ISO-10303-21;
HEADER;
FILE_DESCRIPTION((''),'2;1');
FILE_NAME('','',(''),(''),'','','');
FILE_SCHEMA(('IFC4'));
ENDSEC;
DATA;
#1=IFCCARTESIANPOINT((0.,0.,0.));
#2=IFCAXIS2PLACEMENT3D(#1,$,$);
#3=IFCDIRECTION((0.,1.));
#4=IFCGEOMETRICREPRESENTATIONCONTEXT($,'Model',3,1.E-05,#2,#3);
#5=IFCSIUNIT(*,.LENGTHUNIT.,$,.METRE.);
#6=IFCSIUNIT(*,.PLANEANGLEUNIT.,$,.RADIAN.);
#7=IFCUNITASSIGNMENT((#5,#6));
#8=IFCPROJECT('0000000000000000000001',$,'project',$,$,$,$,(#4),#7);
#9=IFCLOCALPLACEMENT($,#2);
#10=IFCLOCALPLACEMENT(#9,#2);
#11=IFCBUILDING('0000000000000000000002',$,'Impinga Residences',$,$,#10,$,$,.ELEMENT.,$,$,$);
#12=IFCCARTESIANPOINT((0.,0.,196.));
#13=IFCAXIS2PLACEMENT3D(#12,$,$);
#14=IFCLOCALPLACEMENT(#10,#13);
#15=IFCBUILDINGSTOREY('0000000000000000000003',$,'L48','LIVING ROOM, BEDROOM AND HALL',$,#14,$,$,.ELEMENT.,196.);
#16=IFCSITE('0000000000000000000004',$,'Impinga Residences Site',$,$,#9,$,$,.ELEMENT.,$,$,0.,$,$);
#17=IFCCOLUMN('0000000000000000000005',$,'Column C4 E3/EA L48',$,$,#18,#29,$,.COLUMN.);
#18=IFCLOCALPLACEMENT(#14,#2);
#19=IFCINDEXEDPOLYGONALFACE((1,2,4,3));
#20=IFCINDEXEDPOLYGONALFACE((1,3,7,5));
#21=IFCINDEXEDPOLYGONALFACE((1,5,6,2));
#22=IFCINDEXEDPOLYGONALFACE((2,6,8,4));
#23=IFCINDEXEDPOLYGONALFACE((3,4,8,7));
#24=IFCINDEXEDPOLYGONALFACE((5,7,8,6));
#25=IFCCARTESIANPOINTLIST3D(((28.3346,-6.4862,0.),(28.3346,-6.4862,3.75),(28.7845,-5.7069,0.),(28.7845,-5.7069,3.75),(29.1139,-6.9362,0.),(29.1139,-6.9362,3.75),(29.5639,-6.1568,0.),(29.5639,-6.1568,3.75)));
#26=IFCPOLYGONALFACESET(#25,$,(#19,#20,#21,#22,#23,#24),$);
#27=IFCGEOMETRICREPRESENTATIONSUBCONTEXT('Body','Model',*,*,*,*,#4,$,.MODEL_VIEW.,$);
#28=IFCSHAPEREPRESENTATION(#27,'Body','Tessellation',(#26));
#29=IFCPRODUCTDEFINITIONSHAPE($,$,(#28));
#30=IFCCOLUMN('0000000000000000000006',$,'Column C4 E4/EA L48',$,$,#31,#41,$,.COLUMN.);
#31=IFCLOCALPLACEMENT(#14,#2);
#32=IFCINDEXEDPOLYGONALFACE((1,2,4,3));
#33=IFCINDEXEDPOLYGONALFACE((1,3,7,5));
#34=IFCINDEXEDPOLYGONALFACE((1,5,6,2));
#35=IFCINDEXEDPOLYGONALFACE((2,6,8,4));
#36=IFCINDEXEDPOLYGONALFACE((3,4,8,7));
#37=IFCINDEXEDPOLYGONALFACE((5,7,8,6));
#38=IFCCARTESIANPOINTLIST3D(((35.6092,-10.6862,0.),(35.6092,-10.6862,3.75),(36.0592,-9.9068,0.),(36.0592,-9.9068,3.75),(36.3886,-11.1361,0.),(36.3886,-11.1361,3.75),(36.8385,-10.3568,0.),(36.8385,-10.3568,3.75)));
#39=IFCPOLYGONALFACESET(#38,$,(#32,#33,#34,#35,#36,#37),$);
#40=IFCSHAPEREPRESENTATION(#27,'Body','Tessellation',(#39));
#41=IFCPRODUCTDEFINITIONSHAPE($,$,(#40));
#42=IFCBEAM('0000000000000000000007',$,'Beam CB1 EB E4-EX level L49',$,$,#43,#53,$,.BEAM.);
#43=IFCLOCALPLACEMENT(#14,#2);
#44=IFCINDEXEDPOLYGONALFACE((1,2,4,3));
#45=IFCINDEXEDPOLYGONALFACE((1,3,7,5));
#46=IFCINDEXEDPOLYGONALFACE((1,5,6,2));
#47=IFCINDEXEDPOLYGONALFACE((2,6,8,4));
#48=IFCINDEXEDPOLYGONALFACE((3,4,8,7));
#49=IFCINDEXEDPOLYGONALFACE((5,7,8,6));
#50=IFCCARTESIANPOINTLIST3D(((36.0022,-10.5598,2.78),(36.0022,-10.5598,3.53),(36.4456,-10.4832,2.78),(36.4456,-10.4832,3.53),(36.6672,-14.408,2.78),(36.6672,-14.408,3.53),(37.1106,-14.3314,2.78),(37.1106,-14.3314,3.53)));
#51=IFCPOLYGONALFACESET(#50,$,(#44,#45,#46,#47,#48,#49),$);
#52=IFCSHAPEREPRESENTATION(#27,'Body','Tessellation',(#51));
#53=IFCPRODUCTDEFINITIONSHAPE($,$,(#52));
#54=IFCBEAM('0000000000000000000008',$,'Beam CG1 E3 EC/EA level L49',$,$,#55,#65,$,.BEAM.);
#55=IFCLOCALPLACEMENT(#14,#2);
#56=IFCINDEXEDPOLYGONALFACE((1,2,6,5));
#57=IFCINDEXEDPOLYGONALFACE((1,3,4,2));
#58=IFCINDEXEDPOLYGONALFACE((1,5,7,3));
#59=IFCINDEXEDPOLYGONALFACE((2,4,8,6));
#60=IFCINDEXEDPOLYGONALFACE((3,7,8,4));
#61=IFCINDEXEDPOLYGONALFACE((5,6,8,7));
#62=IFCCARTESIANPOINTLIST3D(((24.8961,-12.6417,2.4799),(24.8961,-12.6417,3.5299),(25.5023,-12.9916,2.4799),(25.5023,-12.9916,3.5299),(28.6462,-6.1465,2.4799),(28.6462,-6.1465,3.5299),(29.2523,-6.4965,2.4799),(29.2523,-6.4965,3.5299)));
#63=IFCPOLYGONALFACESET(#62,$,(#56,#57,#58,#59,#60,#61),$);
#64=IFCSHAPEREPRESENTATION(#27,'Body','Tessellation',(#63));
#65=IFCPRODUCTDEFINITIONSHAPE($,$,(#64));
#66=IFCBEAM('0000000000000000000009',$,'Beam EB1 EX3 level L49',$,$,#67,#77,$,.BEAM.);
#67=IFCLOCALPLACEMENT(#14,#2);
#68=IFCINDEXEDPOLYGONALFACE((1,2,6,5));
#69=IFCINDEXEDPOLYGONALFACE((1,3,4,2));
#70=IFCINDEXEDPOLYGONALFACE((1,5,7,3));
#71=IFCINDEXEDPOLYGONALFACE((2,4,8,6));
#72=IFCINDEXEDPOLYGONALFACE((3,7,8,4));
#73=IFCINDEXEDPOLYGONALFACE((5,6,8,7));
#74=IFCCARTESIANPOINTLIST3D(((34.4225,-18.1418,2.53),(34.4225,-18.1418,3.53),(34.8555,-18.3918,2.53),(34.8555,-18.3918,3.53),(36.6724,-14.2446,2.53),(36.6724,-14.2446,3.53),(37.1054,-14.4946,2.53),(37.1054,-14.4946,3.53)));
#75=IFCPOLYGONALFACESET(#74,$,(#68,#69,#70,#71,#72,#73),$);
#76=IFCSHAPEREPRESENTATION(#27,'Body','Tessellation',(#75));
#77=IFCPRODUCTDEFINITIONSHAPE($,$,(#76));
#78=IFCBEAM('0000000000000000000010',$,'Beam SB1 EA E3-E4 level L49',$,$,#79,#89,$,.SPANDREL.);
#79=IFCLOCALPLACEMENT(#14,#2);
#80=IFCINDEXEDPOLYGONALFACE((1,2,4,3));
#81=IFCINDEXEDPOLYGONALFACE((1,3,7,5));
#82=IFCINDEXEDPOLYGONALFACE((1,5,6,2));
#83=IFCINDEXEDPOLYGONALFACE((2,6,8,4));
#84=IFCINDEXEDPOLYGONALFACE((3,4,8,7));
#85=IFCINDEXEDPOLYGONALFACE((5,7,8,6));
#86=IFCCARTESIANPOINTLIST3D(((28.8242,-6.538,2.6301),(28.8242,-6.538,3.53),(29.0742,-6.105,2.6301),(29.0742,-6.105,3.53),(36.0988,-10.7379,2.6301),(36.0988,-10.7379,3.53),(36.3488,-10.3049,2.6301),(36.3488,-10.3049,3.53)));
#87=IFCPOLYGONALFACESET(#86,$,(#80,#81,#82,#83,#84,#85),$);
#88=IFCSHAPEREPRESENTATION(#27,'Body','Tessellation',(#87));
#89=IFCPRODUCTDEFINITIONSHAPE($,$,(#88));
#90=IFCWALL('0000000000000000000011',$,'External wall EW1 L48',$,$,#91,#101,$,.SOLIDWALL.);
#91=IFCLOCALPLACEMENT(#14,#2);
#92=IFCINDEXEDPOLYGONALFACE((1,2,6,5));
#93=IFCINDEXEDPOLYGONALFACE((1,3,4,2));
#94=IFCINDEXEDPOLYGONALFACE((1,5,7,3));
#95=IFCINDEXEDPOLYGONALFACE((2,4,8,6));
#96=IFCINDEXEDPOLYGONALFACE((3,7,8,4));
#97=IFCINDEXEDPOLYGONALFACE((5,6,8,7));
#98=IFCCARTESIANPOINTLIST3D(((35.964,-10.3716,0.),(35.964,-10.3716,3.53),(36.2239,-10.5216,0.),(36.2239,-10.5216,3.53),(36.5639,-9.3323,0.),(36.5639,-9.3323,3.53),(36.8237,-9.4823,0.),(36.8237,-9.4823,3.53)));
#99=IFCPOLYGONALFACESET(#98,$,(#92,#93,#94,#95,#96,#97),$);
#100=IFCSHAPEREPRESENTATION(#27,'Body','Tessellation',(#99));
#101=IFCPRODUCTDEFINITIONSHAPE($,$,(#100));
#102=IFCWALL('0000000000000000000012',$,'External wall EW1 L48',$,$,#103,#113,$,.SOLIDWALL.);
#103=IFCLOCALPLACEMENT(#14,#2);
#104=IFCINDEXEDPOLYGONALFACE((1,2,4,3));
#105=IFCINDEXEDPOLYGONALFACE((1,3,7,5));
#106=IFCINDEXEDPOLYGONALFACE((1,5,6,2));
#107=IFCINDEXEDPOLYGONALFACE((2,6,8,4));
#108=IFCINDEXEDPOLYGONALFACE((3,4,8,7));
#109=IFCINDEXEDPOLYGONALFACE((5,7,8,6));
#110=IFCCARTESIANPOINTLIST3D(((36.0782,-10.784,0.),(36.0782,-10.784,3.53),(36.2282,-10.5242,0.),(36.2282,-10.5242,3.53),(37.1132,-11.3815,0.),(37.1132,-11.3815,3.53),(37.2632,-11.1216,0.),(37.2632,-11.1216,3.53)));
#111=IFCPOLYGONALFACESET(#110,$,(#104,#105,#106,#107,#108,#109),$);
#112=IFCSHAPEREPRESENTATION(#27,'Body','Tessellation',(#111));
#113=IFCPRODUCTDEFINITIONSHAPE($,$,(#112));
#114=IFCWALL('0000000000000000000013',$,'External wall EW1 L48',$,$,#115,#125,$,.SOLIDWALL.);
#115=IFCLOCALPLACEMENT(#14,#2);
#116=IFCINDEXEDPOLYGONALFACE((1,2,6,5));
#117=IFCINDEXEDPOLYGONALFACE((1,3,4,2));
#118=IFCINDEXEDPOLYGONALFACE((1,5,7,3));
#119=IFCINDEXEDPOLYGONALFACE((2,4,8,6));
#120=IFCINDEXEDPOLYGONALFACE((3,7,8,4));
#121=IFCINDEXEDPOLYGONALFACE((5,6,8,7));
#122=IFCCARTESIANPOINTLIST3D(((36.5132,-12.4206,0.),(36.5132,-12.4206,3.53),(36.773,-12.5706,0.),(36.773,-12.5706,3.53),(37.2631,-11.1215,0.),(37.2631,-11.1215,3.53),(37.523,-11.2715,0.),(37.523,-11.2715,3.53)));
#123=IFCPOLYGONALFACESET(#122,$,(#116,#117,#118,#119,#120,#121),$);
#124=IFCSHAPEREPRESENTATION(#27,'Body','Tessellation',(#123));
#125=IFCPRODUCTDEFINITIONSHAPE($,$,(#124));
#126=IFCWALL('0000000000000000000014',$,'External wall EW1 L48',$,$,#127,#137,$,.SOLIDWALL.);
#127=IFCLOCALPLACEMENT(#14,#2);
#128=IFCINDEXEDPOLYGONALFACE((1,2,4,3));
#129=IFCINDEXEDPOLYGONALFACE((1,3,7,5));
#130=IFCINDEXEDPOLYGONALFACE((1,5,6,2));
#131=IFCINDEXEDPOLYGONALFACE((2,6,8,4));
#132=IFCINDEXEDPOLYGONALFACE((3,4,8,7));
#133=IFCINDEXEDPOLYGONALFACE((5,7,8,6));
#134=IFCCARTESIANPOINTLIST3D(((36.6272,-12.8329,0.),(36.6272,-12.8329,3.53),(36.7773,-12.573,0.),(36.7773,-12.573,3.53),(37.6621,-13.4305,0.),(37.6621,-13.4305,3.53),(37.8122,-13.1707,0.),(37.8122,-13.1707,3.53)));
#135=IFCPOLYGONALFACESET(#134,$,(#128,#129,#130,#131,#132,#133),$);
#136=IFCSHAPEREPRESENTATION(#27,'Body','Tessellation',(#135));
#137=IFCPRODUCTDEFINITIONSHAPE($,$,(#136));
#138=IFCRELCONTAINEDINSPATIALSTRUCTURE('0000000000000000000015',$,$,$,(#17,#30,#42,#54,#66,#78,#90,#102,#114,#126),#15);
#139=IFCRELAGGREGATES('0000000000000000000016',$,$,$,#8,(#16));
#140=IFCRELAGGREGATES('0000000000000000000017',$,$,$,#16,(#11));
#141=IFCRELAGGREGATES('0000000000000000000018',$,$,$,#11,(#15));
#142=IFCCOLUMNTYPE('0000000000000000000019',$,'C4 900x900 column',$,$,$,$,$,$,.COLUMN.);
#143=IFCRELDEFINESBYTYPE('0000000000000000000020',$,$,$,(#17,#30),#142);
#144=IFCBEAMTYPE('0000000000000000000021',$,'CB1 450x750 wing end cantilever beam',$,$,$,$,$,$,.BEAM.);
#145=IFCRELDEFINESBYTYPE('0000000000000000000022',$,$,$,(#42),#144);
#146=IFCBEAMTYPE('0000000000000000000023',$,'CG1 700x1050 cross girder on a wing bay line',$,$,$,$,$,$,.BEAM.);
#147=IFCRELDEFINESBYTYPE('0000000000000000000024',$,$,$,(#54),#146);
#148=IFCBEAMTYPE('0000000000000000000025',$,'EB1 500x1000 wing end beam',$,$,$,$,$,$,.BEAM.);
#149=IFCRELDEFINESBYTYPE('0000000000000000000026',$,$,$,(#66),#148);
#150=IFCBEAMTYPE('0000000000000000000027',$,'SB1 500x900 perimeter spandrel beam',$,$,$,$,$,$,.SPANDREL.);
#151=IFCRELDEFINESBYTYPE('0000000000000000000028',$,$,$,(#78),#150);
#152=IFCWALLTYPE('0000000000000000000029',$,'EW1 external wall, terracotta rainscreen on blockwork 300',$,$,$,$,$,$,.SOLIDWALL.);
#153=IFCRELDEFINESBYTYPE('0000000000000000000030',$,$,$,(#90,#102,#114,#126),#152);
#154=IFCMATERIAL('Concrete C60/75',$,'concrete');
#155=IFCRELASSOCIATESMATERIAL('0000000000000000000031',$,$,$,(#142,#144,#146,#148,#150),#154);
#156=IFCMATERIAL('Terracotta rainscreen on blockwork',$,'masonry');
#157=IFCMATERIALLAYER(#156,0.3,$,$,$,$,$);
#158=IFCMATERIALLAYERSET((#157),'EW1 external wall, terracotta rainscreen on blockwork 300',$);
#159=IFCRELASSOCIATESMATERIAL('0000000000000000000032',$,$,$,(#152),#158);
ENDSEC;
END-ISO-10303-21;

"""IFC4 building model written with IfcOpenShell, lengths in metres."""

from ifc_helpers import new_model, si_unit, direction, frame, frame_2d, origin, origin_2d, place, context, subcontext, project, spatial, rectangle, extrude, material, layer, layer_set, material_profile, profile_set, type_object, element, save


model = new_model("IFC4")

# Units and contexts
model_context = context("Model", 3, precision=1e-05, world=origin(), true_north=direction((0.0, 1.0)))
body_context = subcontext(model_context, "Body", "Model", "MODEL_VIEW")
ifc_project = project(units=[si_unit("LENGTHUNIT", "METRE"), si_unit("PLANEANGLEUNIT", "RADIAN")], contexts=[model_context])

# Site, building, storey
site_placement = place(None, origin())
site = spatial("IfcSite", under=ifc_project, at=site_placement, Name="Impinga Residences Site", CompositionType="ELEMENT", RefElevation=0.0)
building_placement = place(site_placement, origin())
building = spatial("IfcBuilding", under=site, at=building_placement, Name="Impinga Residences", CompositionType="ELEMENT")
storey_placement = place(building_placement, frame((0.0, 0.0, 196.0)))
storey = spatial("IfcBuildingStorey", under=building, at=storey_placement, Name="L48", Description="LIVING ROOM, BEDROOM AND HALL", CompositionType="ELEMENT", Elevation=196.0)

# Columns
ifc_material_1 = material(Name="Concrete C60/75", Category="concrete")
ifc_material_profile_1 = material_profile(ifc_material_1, rectangle(XDim=0.8999, YDim=0.8999, at=origin_2d()), Name="RC 900x900")
ifc_profile_set_1 = profile_set([ifc_material_profile_1], Name="Concrete C60/75")
column_type = type_object("IfcColumnType", Name="C4 900x900 column", PredefinedType="COLUMN", material=ifc_profile_set_1)
for number, where, z_axis, x_axis, name in (
    (1, (28.9492, -6.3215, 0.0), (0.0, 0.0, 1.0), (-0.5, -0.866025, 0.0), "Column C4 E3/EA L48"),
    (2, (36.2239, -10.5215, 0.0), (0.0, 0.0, 1.0), (-0.5, -0.866025, 0.0), "Column C4 E4/EA L48"),
):
    element("IfcColumn", number, at=place(storey_placement, frame(where, z_axis=z_axis, x_axis=x_axis)), inside=storey, type_object=column_type, Name=name, PredefinedType="COLUMN", context=body_context, shape_type="SweptSolid", body=[
        extrude(rectangle(XDim=0.8999, YDim=0.8999, at=origin_2d()), origin(), (0.0, 0.0, 1.0), 3.75),
    ])

# Beams
ifc_material_profile_2 = material_profile(ifc_material_1, rectangle(XDim=0.45, YDim=0.75, at=origin_2d()), Name="RC 450x750")
ifc_profile_set_2 = profile_set([ifc_material_profile_2], Name="Concrete C60/75")
beam_type_1 = type_object("IfcBeamType", Name="CB1 450x750 wing end cantilever beam", PredefinedType="BEAM", material=ifc_profile_set_2)
beam_1_placement = place(storey_placement, frame((36.2239, -10.5215, 3.155), z_axis=(0.170296, -0.985393, 0.0), x_axis=(0.985393, 0.170296, 0.0)))
element("IfcBeam", 3, at=beam_1_placement, inside=storey, type_object=beam_type_1, Name="Beam CB1 EB E4-EX level L49", PredefinedType="BEAM", context=body_context, shape_type="SweptSolid", body=[
    extrude(rectangle(XDim=0.45, YDim=0.75, at=origin_2d()), origin(), (0.0, 0.0, 1.0), 3.9053),
])
ifc_material_profile_3 = material_profile(ifc_material_1, rectangle(XDim=0.7, YDim=1.05, at=origin_2d()), Name="RC 700x1050")
ifc_profile_set_3 = profile_set([ifc_material_profile_3], Name="Concrete C60/75")
beam_type_2 = type_object("IfcBeamType", Name="CG1 700x1050 cross girder on a wing bay line", PredefinedType="BEAM", material=ifc_profile_set_3)
beam_2_placement = place(storey_placement, frame((25.1992, -12.8167, 3.0049), z_axis=(0.500004, 0.866023, 0.0), x_axis=(-0.866023, 0.500004, 0.0)))
element("IfcBeam", 4, at=beam_2_placement, inside=storey, type_object=beam_type_2, Name="Beam CG1 E3 EC/EA level L49", PredefinedType="BEAM", context=body_context, shape_type="SweptSolid", body=[
    extrude(rectangle(XDim=0.7, YDim=1.05, at=origin_2d()), origin(), (0.0, 0.0, 1.0), 7.5),
])
ifc_material_profile_4 = material_profile(ifc_material_1, rectangle(XDim=0.5, YDim=1.0, at=origin_2d()), Name="RC 500x1000")
ifc_profile_set_4 = profile_set([ifc_material_profile_4], Name="Concrete C60/75")
beam_type_3 = type_object("IfcBeamType", Name="EB1 500x1000 wing end beam", PredefinedType="BEAM", material=ifc_profile_set_4)
beam_3_placement = place(storey_placement, frame((36.8889, -14.3696, 3.03), z_axis=(-0.49999, -0.866031, 0.0), x_axis=(0.866031, -0.49999, 0.0)))
element("IfcBeam", 5, at=beam_3_placement, inside=storey, type_object=beam_type_3, Name="Beam EB1 EX3 level L49", PredefinedType="BEAM", context=body_context, shape_type="SweptSolid", body=[
    extrude(rectangle(XDim=0.5, YDim=1.0, at=origin_2d()), origin(), (0.0, 0.0, 1.0), 4.5),
])
ifc_material_profile_5 = material_profile(ifc_material_1, rectangle(XDim=0.5, YDim=0.8999, at=origin_2d()), Name="RC 500x900")
ifc_profile_set_5 = profile_set([ifc_material_profile_5], Name="Concrete C60/75")
beam_type_4 = type_object("IfcBeamType", Name="SB1 500x900 perimeter spandrel beam", PredefinedType="SPANDREL", material=ifc_profile_set_5)
beam_4_placement = place(storey_placement, frame((28.9492, -6.3215, 3.0801), z_axis=(0.866029, -0.499993, 0.0), x_axis=(0.499993, 0.866029, 0.0)))
element("IfcBeam", 6, at=beam_4_placement, inside=storey, type_object=beam_type_4, Name="Beam SB1 EA E3-E4 level L49", PredefinedType="SPANDREL", context=body_context, shape_type="SweptSolid", body=[
    extrude(rectangle(XDim=0.5, YDim=0.8999, at=origin_2d()), origin(), (0.0, 0.0, 1.0), 8.3999),
])

# Walls
ifc_material_2 = material(Name="Terracotta rainscreen on blockwork", Category="masonry")
ifc_layer_1 = layer(ifc_material_2, 0.3)
ifc_layer_set_1 = layer_set([ifc_layer_1], Name="EW1 external wall, terracotta rainscreen on blockwork 300")
wall_type_1 = type_object("IfcWallType", Name="EW1 external wall, terracotta rainscreen on blockwork 300", PredefinedType="SOLIDWALL", material=ifc_layer_set_1)
wall_1_placement = place(storey_placement, frame((36.6938, -9.4072, 0.0), z_axis=(0.0, 0.0, 1.0), x_axis=(-0.499881, -0.866094, 0.0)))
element("IfcWall", 7, at=wall_1_placement, inside=storey, type_object=wall_type_1, Name="External wall EW1 L48", PredefinedType="SOLIDWALL", context=body_context, shape_type="SweptSolid", body=[
    extrude(rectangle(XDim=1.2, YDim=0.3, at=frame_2d((0.6001, 0.0))), origin(), (0.0, 0.0, 1.0), 3.53),
])
wall_2_placement = place(storey_placement, frame((36.1531, -10.6541, 0.0), z_axis=(0.0, 0.0, 1.0), x_axis=(0.86606, -0.499941, 0.0)))
element("IfcWall", 8, at=wall_2_placement, inside=storey, type_object=wall_type_1, Name="External wall EW1 L48", PredefinedType="SOLIDWALL", context=body_context, shape_type="SweptSolid", body=[
    extrude(rectangle(XDim=1.1951, YDim=0.3, at=frame_2d((0.5977, 0.0))), origin(), (0.0, 0.0, 1.0), 3.53),
])
wall_3_placement = place(storey_placement, frame((37.3931, -11.1965, 0.0), z_axis=(0.0, 0.0, 1.0), x_axis=(-0.49999, -0.866031, 0.0)))
element("IfcWall", 9, at=wall_3_placement, inside=storey, type_object=wall_type_1, Name="External wall EW1 L48", PredefinedType="SOLIDWALL", context=body_context, shape_type="SweptSolid", body=[
    extrude(rectangle(XDim=1.5, YDim=0.3, at=frame_2d((0.75, 0.0))), origin(), (0.0, 0.0, 1.0), 3.53),
])
wall_4_placement = place(storey_placement, frame((36.7021, -12.7029, 0.0), z_axis=(0.0, 0.0, 1.0), x_axis=(0.865971, -0.500094, 0.0)))
element("IfcWall", 10, at=wall_4_placement, inside=storey, type_object=wall_type_1, Name="External wall EW1 L48", PredefinedType="SOLIDWALL", context=body_context, shape_type="SweptSolid", body=[
    extrude(rectangle(XDim=1.1951, YDim=0.3, at=frame_2d((0.5977, 0.0))), origin(), (0.0, 0.0, 1.0), 3.53),
])

save(model, "model.ifc")
